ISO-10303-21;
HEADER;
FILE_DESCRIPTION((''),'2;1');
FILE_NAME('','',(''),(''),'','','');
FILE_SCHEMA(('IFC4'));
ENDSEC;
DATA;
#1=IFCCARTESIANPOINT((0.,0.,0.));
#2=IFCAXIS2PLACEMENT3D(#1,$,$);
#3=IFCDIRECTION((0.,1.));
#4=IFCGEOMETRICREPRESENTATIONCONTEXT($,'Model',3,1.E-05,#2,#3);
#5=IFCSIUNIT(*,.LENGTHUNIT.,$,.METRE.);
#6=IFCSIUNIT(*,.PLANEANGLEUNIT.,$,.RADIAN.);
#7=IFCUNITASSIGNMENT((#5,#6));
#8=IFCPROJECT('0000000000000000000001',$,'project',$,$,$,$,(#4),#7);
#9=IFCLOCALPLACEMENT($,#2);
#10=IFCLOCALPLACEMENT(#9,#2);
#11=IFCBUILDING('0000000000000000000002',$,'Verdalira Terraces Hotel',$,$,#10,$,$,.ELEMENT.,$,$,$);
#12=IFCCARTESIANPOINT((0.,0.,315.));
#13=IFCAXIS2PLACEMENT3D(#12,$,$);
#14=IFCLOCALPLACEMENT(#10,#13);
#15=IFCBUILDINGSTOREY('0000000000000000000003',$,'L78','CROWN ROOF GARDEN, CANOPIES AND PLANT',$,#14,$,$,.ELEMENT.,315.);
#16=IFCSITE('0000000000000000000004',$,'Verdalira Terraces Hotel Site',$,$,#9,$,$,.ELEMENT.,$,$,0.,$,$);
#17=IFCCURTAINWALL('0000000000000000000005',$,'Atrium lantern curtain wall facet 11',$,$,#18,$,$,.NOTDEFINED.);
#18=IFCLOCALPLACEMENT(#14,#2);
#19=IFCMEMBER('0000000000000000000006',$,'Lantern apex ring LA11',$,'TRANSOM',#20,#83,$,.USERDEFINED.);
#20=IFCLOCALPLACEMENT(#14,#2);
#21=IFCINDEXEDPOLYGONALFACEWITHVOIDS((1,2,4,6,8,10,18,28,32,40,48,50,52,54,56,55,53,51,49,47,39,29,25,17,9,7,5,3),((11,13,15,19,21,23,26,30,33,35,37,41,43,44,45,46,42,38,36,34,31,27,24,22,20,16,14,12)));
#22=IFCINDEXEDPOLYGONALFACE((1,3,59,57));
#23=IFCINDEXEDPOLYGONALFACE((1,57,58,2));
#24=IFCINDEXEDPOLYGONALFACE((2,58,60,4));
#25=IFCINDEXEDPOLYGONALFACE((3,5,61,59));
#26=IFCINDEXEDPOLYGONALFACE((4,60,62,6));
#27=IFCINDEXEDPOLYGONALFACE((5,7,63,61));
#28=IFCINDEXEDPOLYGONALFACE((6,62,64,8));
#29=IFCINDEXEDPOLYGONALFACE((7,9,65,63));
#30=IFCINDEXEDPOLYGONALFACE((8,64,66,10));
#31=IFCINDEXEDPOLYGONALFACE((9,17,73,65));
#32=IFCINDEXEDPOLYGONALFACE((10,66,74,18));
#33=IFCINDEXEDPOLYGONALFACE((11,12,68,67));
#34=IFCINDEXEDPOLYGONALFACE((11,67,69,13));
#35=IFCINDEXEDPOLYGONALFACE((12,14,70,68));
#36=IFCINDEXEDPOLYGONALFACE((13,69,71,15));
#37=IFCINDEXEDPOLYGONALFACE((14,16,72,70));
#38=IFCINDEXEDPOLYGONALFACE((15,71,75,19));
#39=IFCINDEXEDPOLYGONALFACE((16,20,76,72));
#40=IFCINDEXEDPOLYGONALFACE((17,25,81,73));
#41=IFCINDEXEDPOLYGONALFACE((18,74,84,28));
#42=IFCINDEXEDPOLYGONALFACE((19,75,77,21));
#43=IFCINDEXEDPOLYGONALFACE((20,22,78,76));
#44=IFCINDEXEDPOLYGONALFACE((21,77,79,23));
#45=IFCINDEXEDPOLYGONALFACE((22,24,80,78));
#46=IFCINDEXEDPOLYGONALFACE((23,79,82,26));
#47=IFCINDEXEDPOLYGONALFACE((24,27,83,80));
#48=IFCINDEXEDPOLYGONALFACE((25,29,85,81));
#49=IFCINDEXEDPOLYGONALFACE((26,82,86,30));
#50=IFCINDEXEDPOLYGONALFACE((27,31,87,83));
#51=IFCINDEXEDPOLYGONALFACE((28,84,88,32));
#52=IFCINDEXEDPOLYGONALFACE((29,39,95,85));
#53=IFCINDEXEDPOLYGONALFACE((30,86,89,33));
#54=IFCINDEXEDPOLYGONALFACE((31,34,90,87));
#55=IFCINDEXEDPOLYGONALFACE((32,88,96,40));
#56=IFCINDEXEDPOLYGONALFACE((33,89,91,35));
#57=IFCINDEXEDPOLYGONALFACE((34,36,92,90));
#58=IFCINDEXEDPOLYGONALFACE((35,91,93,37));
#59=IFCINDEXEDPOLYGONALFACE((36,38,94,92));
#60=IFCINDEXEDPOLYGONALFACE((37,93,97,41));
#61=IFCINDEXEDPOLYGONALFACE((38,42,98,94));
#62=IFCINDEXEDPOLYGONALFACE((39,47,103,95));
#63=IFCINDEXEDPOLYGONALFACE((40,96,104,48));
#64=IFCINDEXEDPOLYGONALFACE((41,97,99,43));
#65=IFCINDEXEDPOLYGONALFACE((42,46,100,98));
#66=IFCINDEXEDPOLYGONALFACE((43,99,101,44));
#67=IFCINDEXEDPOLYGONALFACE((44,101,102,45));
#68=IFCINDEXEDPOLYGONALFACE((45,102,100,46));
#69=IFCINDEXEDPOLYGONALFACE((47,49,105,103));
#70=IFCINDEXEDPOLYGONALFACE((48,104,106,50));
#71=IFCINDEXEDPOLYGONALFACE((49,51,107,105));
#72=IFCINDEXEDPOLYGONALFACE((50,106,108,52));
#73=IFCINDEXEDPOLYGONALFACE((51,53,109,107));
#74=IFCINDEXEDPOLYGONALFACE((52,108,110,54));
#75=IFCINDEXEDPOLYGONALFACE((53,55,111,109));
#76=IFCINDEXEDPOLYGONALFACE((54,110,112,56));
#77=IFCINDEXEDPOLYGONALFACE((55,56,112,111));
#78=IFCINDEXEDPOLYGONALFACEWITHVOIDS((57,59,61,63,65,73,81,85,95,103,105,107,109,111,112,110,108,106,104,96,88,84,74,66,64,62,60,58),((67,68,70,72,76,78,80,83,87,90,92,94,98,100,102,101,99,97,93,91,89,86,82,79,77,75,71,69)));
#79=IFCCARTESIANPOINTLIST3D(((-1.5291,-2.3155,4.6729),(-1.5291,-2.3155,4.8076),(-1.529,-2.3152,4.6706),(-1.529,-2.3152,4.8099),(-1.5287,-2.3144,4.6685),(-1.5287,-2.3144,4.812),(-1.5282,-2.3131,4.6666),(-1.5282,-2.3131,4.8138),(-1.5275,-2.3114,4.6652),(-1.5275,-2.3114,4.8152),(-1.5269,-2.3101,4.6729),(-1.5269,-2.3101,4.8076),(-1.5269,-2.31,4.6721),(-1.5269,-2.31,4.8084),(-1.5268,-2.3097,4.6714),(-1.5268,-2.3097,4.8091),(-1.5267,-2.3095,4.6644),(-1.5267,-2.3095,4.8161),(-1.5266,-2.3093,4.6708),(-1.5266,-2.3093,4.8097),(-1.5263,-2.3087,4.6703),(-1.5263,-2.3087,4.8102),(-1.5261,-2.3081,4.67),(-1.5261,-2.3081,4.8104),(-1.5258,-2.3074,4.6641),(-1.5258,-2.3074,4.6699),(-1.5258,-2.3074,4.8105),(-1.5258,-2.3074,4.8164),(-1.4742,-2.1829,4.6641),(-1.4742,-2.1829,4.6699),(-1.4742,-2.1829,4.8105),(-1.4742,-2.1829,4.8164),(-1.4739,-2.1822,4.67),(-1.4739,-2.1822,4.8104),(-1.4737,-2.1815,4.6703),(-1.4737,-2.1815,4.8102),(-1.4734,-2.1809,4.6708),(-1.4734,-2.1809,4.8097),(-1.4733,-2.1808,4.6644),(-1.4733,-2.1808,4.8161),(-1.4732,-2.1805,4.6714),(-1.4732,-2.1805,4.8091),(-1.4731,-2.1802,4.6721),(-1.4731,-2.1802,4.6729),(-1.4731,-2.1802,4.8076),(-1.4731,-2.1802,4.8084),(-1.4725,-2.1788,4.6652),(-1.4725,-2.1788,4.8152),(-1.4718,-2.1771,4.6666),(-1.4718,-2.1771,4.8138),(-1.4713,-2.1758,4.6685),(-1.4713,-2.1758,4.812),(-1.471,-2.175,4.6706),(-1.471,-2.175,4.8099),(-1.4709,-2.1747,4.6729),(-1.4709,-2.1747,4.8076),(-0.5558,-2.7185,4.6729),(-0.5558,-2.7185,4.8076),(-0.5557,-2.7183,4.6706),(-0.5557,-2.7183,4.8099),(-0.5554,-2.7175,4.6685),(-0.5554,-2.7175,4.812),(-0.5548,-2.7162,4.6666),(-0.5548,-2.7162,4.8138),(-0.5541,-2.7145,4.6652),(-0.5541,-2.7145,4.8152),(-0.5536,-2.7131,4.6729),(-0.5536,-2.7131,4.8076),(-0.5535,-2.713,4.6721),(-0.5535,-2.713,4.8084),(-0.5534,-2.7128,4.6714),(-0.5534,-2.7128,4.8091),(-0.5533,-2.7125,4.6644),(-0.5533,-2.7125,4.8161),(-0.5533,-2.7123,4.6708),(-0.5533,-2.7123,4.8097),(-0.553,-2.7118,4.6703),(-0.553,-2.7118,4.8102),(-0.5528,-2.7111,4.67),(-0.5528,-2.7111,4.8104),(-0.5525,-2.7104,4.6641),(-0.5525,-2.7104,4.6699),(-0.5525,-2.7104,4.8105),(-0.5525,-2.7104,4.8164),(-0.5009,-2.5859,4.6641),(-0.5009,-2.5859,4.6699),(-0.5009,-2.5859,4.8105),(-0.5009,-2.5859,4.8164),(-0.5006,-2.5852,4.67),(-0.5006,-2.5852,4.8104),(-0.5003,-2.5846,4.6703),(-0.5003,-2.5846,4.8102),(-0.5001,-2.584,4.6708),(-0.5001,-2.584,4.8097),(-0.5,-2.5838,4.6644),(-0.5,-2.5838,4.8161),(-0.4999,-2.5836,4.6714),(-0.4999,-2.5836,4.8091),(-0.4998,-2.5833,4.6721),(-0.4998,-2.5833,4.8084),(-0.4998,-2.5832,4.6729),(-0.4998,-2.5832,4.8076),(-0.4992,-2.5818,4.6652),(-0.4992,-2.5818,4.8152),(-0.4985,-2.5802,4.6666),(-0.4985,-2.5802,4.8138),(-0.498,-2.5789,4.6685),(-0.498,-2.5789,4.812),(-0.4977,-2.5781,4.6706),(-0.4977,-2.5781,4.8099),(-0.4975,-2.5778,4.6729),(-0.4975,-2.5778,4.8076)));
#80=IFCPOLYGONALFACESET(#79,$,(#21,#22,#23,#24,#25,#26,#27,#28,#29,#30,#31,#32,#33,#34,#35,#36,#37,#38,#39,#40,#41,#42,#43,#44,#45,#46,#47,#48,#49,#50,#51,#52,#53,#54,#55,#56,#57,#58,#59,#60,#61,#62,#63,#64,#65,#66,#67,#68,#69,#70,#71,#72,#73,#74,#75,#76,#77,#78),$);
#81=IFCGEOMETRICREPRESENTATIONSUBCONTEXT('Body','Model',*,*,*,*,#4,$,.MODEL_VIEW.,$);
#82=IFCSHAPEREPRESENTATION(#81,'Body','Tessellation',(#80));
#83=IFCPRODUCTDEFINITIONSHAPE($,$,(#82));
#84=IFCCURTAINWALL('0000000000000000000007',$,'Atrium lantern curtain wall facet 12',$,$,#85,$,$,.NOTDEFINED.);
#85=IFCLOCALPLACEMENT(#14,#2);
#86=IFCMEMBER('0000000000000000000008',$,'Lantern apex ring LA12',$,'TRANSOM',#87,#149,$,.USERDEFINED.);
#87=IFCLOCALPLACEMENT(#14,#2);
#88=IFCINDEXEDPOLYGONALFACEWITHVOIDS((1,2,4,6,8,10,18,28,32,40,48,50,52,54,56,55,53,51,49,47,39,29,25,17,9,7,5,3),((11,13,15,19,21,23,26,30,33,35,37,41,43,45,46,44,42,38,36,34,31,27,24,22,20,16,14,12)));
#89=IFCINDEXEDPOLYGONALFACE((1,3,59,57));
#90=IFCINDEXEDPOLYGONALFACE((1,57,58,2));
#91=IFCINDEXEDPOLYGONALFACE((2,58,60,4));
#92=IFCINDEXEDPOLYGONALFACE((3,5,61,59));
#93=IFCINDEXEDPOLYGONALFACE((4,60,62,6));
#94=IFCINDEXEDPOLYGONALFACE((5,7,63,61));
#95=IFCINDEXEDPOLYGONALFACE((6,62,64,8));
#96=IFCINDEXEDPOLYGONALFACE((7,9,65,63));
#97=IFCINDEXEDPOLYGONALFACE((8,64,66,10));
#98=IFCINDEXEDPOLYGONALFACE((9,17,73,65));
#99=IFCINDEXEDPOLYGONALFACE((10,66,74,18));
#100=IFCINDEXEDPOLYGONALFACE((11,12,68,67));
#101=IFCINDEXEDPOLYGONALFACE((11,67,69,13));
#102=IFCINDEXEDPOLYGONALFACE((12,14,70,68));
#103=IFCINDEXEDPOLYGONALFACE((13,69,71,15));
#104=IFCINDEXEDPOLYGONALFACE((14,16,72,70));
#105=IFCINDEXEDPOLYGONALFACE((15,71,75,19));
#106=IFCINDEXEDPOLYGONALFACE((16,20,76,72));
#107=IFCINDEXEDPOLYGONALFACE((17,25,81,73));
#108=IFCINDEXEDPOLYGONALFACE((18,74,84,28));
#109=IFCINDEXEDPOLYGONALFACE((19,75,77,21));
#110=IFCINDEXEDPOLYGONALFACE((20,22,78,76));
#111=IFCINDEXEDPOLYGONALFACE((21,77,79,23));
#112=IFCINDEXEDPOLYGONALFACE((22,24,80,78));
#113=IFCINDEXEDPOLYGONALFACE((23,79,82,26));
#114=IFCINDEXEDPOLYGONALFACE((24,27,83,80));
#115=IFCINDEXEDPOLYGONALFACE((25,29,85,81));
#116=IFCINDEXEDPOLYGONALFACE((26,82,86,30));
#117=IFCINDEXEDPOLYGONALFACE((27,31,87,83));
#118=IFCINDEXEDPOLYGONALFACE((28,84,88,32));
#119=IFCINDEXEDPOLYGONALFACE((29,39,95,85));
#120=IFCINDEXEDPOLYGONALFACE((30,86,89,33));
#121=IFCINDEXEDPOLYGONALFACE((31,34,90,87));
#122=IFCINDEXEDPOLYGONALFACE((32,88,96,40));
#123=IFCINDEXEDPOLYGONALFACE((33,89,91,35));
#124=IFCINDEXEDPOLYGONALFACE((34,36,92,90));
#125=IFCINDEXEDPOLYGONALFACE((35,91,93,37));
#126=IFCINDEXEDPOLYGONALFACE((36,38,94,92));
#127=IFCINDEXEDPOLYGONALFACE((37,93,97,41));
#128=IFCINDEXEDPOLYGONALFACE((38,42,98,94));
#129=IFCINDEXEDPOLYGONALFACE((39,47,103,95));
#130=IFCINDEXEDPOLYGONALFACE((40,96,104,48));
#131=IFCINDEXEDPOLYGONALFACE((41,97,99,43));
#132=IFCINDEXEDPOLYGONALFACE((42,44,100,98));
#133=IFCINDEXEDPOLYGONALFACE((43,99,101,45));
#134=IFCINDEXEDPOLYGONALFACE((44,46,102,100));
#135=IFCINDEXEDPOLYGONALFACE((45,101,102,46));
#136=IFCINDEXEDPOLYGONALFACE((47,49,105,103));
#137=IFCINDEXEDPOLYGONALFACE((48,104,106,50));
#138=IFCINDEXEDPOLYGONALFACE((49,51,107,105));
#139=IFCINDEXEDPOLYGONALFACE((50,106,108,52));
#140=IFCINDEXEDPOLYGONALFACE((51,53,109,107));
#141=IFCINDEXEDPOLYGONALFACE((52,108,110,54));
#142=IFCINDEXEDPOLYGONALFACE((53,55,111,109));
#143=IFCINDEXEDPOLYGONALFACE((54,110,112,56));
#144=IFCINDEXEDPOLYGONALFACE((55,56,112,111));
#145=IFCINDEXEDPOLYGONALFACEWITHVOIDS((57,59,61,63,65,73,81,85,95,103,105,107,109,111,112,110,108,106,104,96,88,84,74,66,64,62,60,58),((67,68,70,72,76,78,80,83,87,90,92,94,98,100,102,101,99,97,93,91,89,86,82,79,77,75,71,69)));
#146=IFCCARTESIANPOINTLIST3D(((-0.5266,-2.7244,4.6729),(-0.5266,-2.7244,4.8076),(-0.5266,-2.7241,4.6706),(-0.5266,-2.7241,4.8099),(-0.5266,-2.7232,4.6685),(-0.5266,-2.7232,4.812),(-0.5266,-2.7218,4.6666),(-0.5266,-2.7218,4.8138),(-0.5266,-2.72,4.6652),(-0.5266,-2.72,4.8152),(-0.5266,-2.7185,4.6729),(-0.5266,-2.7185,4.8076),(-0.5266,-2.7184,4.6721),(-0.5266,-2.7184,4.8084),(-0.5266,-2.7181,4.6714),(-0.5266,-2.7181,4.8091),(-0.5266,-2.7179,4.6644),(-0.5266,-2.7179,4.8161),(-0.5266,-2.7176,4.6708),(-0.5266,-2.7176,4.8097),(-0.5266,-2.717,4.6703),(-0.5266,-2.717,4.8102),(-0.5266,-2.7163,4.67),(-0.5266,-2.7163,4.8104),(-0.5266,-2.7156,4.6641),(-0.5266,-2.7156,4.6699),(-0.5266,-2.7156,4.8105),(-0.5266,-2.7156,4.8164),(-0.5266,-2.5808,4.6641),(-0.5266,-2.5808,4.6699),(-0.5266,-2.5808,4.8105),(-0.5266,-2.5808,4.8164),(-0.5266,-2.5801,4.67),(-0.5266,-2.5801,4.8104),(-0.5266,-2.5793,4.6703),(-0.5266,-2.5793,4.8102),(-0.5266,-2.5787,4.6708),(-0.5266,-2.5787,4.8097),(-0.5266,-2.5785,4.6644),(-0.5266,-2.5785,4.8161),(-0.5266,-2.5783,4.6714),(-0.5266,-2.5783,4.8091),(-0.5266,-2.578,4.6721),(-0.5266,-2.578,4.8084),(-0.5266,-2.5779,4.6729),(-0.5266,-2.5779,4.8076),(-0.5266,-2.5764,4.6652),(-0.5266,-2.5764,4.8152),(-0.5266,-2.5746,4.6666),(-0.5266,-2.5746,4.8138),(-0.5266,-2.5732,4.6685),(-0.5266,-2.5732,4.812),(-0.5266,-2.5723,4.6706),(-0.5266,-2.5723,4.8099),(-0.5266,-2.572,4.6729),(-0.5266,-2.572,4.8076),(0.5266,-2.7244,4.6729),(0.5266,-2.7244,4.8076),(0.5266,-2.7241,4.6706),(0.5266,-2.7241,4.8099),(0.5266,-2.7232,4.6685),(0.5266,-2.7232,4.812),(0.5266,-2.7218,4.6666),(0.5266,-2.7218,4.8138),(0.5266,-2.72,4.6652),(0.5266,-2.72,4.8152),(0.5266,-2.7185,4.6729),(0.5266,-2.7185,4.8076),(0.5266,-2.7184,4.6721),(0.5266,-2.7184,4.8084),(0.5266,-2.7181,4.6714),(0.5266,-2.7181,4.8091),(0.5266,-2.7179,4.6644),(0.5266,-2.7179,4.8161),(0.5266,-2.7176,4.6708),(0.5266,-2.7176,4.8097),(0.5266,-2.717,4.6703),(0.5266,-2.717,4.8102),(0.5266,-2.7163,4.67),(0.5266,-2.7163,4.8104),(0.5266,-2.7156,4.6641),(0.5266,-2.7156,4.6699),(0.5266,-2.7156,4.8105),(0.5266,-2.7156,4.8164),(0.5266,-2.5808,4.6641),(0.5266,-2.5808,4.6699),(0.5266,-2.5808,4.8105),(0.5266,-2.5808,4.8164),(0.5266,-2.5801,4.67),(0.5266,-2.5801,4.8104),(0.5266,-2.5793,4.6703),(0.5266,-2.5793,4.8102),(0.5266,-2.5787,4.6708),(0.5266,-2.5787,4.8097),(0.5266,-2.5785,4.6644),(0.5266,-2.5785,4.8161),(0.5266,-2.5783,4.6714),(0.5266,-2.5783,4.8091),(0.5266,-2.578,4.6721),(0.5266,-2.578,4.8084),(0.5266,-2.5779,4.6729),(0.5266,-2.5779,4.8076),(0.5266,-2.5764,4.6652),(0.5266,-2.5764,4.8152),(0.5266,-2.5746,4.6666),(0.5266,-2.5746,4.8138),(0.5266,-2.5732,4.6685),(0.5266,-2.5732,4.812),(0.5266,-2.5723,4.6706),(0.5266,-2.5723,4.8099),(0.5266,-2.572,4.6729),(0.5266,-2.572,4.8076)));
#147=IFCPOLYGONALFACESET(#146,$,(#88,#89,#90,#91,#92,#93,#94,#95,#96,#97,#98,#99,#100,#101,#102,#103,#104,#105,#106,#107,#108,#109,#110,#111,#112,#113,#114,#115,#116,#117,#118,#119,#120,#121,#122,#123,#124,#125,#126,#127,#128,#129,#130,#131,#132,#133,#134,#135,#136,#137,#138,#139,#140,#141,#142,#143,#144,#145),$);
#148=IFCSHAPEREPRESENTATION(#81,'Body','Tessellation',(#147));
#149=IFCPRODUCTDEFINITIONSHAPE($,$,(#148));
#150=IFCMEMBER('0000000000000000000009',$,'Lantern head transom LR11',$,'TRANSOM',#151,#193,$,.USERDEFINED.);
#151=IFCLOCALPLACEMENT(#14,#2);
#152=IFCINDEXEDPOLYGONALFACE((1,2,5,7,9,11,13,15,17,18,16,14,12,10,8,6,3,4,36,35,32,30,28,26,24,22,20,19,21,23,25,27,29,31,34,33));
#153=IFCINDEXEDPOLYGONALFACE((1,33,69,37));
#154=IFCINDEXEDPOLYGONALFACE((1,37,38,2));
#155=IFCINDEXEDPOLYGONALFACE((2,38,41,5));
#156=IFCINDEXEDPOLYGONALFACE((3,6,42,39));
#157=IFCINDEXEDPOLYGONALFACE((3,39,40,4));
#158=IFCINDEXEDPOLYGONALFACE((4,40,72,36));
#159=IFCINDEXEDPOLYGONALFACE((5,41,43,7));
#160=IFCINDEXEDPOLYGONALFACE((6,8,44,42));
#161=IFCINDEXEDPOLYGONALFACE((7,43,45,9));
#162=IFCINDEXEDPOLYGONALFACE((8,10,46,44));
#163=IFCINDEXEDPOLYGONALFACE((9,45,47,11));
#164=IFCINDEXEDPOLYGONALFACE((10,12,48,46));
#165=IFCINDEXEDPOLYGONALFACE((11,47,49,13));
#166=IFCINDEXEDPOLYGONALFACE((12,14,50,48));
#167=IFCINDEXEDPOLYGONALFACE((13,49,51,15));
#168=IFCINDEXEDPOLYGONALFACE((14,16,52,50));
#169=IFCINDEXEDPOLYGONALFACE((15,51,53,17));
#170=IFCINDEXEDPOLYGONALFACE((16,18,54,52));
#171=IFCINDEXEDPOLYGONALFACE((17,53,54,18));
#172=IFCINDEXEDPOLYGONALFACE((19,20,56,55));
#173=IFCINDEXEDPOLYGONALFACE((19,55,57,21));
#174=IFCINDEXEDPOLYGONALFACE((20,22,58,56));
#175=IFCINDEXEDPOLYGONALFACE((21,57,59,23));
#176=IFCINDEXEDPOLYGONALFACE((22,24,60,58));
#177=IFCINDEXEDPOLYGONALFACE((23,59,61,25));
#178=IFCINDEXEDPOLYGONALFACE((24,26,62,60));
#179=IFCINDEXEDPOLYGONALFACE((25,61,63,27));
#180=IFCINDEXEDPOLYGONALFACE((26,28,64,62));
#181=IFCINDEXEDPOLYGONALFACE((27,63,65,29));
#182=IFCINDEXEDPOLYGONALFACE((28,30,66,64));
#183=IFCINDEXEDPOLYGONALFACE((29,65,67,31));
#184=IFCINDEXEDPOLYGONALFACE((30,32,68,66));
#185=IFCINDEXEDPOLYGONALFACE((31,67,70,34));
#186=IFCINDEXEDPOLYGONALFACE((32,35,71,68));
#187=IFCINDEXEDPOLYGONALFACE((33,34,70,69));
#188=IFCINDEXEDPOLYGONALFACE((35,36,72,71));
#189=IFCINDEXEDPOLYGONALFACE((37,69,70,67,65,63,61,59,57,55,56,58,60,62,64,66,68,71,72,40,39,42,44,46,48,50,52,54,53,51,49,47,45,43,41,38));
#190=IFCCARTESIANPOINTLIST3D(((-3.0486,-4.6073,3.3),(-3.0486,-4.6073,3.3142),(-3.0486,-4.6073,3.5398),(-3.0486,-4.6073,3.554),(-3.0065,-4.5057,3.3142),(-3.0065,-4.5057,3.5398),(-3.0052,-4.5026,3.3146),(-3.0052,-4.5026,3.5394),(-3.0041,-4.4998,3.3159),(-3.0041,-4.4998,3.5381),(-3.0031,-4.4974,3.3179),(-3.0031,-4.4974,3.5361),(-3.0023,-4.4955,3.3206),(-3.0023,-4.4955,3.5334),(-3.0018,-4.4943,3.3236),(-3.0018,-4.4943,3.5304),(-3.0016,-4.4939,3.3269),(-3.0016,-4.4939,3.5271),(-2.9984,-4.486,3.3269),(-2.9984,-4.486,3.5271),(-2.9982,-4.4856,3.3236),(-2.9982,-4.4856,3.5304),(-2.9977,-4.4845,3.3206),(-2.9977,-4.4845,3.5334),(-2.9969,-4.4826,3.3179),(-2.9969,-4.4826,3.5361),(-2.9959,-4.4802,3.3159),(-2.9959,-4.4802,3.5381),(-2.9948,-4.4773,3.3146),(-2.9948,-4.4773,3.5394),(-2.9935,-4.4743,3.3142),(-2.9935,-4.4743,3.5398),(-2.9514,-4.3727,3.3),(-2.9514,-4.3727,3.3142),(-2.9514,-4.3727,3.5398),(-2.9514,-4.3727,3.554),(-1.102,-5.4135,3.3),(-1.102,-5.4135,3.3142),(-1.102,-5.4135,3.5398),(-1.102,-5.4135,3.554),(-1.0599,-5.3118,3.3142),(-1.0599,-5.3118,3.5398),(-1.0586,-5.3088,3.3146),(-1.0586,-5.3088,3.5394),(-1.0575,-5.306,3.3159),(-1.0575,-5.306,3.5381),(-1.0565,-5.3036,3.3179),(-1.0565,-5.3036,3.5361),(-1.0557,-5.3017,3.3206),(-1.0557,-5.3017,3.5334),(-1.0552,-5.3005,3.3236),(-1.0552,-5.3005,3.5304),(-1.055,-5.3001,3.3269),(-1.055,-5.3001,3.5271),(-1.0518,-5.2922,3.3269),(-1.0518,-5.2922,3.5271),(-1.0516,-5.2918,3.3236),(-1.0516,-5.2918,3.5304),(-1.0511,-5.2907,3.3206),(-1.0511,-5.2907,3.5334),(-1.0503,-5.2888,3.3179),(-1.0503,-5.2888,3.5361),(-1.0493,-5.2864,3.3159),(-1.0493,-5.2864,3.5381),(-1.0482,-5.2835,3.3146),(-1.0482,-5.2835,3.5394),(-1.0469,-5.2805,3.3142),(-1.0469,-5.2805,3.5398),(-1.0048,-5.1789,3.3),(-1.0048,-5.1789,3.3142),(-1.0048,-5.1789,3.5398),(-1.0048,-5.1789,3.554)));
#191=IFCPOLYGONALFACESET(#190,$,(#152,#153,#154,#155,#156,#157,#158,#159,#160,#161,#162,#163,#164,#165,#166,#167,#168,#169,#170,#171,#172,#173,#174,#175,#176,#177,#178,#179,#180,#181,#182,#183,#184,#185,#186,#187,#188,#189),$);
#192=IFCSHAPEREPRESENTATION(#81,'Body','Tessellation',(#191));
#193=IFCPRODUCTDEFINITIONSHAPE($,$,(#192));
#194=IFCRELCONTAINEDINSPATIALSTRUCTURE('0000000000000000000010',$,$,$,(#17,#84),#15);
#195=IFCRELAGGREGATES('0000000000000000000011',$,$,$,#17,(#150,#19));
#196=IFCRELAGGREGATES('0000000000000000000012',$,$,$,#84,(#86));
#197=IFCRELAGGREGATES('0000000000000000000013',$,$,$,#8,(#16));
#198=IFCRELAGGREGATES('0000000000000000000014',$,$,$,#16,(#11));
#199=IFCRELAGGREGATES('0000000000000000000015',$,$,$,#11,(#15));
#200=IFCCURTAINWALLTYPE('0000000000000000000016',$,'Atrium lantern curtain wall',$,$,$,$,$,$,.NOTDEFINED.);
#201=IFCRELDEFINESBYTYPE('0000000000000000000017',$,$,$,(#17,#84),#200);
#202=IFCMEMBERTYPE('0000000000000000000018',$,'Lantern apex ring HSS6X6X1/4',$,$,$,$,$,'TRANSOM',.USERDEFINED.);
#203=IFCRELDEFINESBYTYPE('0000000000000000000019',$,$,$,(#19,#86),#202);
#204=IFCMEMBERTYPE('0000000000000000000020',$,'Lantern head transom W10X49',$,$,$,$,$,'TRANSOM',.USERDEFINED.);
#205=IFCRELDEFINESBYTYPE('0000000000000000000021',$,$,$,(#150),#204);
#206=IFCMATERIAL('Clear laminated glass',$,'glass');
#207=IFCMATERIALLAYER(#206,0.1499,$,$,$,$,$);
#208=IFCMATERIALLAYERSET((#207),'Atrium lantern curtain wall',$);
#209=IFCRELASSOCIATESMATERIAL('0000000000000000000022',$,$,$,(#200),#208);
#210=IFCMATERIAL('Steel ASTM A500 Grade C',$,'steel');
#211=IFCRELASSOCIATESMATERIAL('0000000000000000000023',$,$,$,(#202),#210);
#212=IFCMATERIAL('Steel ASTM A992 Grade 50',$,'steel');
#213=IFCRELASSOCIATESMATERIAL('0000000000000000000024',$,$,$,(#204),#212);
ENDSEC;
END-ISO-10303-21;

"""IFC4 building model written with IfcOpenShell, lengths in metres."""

from ifc_helpers import new_model, si_unit, direction, frame, origin, origin_2d, place, context, subcontext, project, spatial, hollow_rectangle, i_section, extrude, material, layer, layer_set, material_profile, profile_set, type_object, element, aggregate, save


model = new_model("IFC4")

# Units and contexts
model_context = context("Model", 3, precision=1e-05, world=origin(), true_north=direction((0.0, 1.0)))
body_context = subcontext(model_context, "Body", "Model", "MODEL_VIEW")
ifc_project = project(units=[si_unit("LENGTHUNIT", "METRE"), si_unit("PLANEANGLEUNIT", "RADIAN")], contexts=[model_context])

# Site, building, storey
site_placement = place(None, origin())
site = spatial("IfcSite", under=ifc_project, at=site_placement, Name="Verdalira Terraces Hotel Site", CompositionType="ELEMENT", RefElevation=0.0)
building_placement = place(site_placement, origin())
building = spatial("IfcBuilding", under=site, at=building_placement, Name="Verdalira Terraces Hotel", CompositionType="ELEMENT")
storey_placement = place(building_placement, frame((0.0, 0.0, 315.0)))
storey = spatial("IfcBuildingStorey", under=building, at=storey_placement, Name="L78", Description="CROWN ROOF GARDEN, CANOPIES AND PLANT", CompositionType="ELEMENT", Elevation=315.0)

# Curtain walls, members
ifc_material_1 = material(Name="Clear laminated glass", Category="glass")
ifc_layer_1 = layer(ifc_material_1, 0.1499)
ifc_layer_set_1 = layer_set([ifc_layer_1], Name="Atrium lantern curtain wall")
curtain_wall_type = type_object("IfcCurtainWallType", Name="Atrium lantern curtain wall", PredefinedType="NOTDEFINED", material=ifc_layer_set_1)
ifc_material_2 = material(Name="Steel ASTM A500 Grade C", Category="steel")
ifc_material_profile_1 = material_profile(ifc_material_2, hollow_rectangle(XDim=0.1523, YDim=0.1523, WallThickness=0.0059, InnerFilletRadius=0.0029, OuterFilletRadius=0.0088, at=origin_2d()), Name="HSS6X6X1/4")
ifc_profile_set_1 = profile_set([ifc_material_profile_1], Name="Steel ASTM A500 Grade C")
member_type_1 = type_object("IfcMemberType", Name="Lantern apex ring HSS6X6X1/4", ElementType="TRANSOM", PredefinedType="USERDEFINED", material=ifc_profile_set_1)
curtain_wall_1_placement = place(storey_placement, origin())
curtain_wall_1 = element("IfcCurtainWall", 1, at=curtain_wall_1_placement, inside=storey, type_object=curtain_wall_type, Name="Atrium lantern curtain wall facet 11", PredefinedType="NOTDEFINED")
member_1_placement = place(storey_placement, frame((-1.5, -2.2451, 4.7402), z_axis=(0.923918, -0.382591, 0.0), x_axis=(0.382591, 0.923918, 0.0)))
member_1 = element("IfcMember", 2, at=member_1_placement, type_object=member_type_1, Name="Lantern apex ring LA11", ObjectType="TRANSOM", PredefinedType="USERDEFINED", context=body_context, shape_type="SweptSolid", body=[
    extrude(hollow_rectangle(XDim=0.1523, YDim=0.1523, WallThickness=0.0059, InnerFilletRadius=0.0029, OuterFilletRadius=0.0088, at=origin_2d()), origin(), (0.0, 0.0, 1.0), 1.0535),
])
curtain_wall_2_placement = place(storey_placement, origin())
curtain_wall_2 = element("IfcCurtainWall", 3, at=curtain_wall_2_placement, inside=storey, type_object=curtain_wall_type, Name="Atrium lantern curtain wall facet 12", PredefinedType="NOTDEFINED")
member_2_placement = place(storey_placement, frame((-0.5266, -2.6482, 4.7402), z_axis=(1.0, 0.0, 0.0), x_axis=(0.0, 1.0, 0.0)))
member_2 = element("IfcMember", 4, at=member_2_placement, type_object=member_type_1, Name="Lantern apex ring LA12", ObjectType="TRANSOM", PredefinedType="USERDEFINED", context=body_context, shape_type="SweptSolid", body=[
    extrude(hollow_rectangle(XDim=0.1523, YDim=0.1523, WallThickness=0.0059, InnerFilletRadius=0.0029, OuterFilletRadius=0.0088, at=origin_2d()), origin(), (0.0, 0.0, 1.0), 1.0532),
])

# Member
ifc_material_3 = material(Name="Steel ASTM A992 Grade 50", Category="steel")
ifc_material_profile_2 = material_profile(ifc_material_3, i_section(OverallWidth=0.2539, OverallDepth=0.2539, WebThickness=0.0085, FlangeThickness=0.0142, FilletRadius=0.0127, at=origin_2d()), Name="W10X49")
ifc_profile_set_2 = profile_set([ifc_material_profile_2], Name="Steel ASTM A992 Grade 50")
member_type_2 = type_object("IfcMemberType", Name="Lantern head transom W10X49", ElementType="TRANSOM", PredefinedType="USERDEFINED", material=ifc_profile_set_2)
member_3_placement = place(storey_placement, frame((-3.0, -4.49, 3.427), z_axis=(0.923901, -0.382632, 0.0), x_axis=(0.382632, 0.923901, 0.0)))
member_3 = element("IfcMember", 5, at=member_3_placement, type_object=member_type_2, Name="Lantern head transom LR11", ObjectType="TRANSOM", PredefinedType="USERDEFINED", context=body_context, shape_type="SweptSolid", body=[
    extrude(i_section(OverallWidth=0.2539, OverallDepth=0.2539, WebThickness=0.0085, FlangeThickness=0.0142, FilletRadius=0.0127, at=origin_2d()), origin(), (0.0, 0.0, 1.0), 2.1069),
])

aggregate(curtain_wall_1, [member_3, member_1])
aggregate(curtain_wall_2, [member_2])

save(model, "model.ifc")
